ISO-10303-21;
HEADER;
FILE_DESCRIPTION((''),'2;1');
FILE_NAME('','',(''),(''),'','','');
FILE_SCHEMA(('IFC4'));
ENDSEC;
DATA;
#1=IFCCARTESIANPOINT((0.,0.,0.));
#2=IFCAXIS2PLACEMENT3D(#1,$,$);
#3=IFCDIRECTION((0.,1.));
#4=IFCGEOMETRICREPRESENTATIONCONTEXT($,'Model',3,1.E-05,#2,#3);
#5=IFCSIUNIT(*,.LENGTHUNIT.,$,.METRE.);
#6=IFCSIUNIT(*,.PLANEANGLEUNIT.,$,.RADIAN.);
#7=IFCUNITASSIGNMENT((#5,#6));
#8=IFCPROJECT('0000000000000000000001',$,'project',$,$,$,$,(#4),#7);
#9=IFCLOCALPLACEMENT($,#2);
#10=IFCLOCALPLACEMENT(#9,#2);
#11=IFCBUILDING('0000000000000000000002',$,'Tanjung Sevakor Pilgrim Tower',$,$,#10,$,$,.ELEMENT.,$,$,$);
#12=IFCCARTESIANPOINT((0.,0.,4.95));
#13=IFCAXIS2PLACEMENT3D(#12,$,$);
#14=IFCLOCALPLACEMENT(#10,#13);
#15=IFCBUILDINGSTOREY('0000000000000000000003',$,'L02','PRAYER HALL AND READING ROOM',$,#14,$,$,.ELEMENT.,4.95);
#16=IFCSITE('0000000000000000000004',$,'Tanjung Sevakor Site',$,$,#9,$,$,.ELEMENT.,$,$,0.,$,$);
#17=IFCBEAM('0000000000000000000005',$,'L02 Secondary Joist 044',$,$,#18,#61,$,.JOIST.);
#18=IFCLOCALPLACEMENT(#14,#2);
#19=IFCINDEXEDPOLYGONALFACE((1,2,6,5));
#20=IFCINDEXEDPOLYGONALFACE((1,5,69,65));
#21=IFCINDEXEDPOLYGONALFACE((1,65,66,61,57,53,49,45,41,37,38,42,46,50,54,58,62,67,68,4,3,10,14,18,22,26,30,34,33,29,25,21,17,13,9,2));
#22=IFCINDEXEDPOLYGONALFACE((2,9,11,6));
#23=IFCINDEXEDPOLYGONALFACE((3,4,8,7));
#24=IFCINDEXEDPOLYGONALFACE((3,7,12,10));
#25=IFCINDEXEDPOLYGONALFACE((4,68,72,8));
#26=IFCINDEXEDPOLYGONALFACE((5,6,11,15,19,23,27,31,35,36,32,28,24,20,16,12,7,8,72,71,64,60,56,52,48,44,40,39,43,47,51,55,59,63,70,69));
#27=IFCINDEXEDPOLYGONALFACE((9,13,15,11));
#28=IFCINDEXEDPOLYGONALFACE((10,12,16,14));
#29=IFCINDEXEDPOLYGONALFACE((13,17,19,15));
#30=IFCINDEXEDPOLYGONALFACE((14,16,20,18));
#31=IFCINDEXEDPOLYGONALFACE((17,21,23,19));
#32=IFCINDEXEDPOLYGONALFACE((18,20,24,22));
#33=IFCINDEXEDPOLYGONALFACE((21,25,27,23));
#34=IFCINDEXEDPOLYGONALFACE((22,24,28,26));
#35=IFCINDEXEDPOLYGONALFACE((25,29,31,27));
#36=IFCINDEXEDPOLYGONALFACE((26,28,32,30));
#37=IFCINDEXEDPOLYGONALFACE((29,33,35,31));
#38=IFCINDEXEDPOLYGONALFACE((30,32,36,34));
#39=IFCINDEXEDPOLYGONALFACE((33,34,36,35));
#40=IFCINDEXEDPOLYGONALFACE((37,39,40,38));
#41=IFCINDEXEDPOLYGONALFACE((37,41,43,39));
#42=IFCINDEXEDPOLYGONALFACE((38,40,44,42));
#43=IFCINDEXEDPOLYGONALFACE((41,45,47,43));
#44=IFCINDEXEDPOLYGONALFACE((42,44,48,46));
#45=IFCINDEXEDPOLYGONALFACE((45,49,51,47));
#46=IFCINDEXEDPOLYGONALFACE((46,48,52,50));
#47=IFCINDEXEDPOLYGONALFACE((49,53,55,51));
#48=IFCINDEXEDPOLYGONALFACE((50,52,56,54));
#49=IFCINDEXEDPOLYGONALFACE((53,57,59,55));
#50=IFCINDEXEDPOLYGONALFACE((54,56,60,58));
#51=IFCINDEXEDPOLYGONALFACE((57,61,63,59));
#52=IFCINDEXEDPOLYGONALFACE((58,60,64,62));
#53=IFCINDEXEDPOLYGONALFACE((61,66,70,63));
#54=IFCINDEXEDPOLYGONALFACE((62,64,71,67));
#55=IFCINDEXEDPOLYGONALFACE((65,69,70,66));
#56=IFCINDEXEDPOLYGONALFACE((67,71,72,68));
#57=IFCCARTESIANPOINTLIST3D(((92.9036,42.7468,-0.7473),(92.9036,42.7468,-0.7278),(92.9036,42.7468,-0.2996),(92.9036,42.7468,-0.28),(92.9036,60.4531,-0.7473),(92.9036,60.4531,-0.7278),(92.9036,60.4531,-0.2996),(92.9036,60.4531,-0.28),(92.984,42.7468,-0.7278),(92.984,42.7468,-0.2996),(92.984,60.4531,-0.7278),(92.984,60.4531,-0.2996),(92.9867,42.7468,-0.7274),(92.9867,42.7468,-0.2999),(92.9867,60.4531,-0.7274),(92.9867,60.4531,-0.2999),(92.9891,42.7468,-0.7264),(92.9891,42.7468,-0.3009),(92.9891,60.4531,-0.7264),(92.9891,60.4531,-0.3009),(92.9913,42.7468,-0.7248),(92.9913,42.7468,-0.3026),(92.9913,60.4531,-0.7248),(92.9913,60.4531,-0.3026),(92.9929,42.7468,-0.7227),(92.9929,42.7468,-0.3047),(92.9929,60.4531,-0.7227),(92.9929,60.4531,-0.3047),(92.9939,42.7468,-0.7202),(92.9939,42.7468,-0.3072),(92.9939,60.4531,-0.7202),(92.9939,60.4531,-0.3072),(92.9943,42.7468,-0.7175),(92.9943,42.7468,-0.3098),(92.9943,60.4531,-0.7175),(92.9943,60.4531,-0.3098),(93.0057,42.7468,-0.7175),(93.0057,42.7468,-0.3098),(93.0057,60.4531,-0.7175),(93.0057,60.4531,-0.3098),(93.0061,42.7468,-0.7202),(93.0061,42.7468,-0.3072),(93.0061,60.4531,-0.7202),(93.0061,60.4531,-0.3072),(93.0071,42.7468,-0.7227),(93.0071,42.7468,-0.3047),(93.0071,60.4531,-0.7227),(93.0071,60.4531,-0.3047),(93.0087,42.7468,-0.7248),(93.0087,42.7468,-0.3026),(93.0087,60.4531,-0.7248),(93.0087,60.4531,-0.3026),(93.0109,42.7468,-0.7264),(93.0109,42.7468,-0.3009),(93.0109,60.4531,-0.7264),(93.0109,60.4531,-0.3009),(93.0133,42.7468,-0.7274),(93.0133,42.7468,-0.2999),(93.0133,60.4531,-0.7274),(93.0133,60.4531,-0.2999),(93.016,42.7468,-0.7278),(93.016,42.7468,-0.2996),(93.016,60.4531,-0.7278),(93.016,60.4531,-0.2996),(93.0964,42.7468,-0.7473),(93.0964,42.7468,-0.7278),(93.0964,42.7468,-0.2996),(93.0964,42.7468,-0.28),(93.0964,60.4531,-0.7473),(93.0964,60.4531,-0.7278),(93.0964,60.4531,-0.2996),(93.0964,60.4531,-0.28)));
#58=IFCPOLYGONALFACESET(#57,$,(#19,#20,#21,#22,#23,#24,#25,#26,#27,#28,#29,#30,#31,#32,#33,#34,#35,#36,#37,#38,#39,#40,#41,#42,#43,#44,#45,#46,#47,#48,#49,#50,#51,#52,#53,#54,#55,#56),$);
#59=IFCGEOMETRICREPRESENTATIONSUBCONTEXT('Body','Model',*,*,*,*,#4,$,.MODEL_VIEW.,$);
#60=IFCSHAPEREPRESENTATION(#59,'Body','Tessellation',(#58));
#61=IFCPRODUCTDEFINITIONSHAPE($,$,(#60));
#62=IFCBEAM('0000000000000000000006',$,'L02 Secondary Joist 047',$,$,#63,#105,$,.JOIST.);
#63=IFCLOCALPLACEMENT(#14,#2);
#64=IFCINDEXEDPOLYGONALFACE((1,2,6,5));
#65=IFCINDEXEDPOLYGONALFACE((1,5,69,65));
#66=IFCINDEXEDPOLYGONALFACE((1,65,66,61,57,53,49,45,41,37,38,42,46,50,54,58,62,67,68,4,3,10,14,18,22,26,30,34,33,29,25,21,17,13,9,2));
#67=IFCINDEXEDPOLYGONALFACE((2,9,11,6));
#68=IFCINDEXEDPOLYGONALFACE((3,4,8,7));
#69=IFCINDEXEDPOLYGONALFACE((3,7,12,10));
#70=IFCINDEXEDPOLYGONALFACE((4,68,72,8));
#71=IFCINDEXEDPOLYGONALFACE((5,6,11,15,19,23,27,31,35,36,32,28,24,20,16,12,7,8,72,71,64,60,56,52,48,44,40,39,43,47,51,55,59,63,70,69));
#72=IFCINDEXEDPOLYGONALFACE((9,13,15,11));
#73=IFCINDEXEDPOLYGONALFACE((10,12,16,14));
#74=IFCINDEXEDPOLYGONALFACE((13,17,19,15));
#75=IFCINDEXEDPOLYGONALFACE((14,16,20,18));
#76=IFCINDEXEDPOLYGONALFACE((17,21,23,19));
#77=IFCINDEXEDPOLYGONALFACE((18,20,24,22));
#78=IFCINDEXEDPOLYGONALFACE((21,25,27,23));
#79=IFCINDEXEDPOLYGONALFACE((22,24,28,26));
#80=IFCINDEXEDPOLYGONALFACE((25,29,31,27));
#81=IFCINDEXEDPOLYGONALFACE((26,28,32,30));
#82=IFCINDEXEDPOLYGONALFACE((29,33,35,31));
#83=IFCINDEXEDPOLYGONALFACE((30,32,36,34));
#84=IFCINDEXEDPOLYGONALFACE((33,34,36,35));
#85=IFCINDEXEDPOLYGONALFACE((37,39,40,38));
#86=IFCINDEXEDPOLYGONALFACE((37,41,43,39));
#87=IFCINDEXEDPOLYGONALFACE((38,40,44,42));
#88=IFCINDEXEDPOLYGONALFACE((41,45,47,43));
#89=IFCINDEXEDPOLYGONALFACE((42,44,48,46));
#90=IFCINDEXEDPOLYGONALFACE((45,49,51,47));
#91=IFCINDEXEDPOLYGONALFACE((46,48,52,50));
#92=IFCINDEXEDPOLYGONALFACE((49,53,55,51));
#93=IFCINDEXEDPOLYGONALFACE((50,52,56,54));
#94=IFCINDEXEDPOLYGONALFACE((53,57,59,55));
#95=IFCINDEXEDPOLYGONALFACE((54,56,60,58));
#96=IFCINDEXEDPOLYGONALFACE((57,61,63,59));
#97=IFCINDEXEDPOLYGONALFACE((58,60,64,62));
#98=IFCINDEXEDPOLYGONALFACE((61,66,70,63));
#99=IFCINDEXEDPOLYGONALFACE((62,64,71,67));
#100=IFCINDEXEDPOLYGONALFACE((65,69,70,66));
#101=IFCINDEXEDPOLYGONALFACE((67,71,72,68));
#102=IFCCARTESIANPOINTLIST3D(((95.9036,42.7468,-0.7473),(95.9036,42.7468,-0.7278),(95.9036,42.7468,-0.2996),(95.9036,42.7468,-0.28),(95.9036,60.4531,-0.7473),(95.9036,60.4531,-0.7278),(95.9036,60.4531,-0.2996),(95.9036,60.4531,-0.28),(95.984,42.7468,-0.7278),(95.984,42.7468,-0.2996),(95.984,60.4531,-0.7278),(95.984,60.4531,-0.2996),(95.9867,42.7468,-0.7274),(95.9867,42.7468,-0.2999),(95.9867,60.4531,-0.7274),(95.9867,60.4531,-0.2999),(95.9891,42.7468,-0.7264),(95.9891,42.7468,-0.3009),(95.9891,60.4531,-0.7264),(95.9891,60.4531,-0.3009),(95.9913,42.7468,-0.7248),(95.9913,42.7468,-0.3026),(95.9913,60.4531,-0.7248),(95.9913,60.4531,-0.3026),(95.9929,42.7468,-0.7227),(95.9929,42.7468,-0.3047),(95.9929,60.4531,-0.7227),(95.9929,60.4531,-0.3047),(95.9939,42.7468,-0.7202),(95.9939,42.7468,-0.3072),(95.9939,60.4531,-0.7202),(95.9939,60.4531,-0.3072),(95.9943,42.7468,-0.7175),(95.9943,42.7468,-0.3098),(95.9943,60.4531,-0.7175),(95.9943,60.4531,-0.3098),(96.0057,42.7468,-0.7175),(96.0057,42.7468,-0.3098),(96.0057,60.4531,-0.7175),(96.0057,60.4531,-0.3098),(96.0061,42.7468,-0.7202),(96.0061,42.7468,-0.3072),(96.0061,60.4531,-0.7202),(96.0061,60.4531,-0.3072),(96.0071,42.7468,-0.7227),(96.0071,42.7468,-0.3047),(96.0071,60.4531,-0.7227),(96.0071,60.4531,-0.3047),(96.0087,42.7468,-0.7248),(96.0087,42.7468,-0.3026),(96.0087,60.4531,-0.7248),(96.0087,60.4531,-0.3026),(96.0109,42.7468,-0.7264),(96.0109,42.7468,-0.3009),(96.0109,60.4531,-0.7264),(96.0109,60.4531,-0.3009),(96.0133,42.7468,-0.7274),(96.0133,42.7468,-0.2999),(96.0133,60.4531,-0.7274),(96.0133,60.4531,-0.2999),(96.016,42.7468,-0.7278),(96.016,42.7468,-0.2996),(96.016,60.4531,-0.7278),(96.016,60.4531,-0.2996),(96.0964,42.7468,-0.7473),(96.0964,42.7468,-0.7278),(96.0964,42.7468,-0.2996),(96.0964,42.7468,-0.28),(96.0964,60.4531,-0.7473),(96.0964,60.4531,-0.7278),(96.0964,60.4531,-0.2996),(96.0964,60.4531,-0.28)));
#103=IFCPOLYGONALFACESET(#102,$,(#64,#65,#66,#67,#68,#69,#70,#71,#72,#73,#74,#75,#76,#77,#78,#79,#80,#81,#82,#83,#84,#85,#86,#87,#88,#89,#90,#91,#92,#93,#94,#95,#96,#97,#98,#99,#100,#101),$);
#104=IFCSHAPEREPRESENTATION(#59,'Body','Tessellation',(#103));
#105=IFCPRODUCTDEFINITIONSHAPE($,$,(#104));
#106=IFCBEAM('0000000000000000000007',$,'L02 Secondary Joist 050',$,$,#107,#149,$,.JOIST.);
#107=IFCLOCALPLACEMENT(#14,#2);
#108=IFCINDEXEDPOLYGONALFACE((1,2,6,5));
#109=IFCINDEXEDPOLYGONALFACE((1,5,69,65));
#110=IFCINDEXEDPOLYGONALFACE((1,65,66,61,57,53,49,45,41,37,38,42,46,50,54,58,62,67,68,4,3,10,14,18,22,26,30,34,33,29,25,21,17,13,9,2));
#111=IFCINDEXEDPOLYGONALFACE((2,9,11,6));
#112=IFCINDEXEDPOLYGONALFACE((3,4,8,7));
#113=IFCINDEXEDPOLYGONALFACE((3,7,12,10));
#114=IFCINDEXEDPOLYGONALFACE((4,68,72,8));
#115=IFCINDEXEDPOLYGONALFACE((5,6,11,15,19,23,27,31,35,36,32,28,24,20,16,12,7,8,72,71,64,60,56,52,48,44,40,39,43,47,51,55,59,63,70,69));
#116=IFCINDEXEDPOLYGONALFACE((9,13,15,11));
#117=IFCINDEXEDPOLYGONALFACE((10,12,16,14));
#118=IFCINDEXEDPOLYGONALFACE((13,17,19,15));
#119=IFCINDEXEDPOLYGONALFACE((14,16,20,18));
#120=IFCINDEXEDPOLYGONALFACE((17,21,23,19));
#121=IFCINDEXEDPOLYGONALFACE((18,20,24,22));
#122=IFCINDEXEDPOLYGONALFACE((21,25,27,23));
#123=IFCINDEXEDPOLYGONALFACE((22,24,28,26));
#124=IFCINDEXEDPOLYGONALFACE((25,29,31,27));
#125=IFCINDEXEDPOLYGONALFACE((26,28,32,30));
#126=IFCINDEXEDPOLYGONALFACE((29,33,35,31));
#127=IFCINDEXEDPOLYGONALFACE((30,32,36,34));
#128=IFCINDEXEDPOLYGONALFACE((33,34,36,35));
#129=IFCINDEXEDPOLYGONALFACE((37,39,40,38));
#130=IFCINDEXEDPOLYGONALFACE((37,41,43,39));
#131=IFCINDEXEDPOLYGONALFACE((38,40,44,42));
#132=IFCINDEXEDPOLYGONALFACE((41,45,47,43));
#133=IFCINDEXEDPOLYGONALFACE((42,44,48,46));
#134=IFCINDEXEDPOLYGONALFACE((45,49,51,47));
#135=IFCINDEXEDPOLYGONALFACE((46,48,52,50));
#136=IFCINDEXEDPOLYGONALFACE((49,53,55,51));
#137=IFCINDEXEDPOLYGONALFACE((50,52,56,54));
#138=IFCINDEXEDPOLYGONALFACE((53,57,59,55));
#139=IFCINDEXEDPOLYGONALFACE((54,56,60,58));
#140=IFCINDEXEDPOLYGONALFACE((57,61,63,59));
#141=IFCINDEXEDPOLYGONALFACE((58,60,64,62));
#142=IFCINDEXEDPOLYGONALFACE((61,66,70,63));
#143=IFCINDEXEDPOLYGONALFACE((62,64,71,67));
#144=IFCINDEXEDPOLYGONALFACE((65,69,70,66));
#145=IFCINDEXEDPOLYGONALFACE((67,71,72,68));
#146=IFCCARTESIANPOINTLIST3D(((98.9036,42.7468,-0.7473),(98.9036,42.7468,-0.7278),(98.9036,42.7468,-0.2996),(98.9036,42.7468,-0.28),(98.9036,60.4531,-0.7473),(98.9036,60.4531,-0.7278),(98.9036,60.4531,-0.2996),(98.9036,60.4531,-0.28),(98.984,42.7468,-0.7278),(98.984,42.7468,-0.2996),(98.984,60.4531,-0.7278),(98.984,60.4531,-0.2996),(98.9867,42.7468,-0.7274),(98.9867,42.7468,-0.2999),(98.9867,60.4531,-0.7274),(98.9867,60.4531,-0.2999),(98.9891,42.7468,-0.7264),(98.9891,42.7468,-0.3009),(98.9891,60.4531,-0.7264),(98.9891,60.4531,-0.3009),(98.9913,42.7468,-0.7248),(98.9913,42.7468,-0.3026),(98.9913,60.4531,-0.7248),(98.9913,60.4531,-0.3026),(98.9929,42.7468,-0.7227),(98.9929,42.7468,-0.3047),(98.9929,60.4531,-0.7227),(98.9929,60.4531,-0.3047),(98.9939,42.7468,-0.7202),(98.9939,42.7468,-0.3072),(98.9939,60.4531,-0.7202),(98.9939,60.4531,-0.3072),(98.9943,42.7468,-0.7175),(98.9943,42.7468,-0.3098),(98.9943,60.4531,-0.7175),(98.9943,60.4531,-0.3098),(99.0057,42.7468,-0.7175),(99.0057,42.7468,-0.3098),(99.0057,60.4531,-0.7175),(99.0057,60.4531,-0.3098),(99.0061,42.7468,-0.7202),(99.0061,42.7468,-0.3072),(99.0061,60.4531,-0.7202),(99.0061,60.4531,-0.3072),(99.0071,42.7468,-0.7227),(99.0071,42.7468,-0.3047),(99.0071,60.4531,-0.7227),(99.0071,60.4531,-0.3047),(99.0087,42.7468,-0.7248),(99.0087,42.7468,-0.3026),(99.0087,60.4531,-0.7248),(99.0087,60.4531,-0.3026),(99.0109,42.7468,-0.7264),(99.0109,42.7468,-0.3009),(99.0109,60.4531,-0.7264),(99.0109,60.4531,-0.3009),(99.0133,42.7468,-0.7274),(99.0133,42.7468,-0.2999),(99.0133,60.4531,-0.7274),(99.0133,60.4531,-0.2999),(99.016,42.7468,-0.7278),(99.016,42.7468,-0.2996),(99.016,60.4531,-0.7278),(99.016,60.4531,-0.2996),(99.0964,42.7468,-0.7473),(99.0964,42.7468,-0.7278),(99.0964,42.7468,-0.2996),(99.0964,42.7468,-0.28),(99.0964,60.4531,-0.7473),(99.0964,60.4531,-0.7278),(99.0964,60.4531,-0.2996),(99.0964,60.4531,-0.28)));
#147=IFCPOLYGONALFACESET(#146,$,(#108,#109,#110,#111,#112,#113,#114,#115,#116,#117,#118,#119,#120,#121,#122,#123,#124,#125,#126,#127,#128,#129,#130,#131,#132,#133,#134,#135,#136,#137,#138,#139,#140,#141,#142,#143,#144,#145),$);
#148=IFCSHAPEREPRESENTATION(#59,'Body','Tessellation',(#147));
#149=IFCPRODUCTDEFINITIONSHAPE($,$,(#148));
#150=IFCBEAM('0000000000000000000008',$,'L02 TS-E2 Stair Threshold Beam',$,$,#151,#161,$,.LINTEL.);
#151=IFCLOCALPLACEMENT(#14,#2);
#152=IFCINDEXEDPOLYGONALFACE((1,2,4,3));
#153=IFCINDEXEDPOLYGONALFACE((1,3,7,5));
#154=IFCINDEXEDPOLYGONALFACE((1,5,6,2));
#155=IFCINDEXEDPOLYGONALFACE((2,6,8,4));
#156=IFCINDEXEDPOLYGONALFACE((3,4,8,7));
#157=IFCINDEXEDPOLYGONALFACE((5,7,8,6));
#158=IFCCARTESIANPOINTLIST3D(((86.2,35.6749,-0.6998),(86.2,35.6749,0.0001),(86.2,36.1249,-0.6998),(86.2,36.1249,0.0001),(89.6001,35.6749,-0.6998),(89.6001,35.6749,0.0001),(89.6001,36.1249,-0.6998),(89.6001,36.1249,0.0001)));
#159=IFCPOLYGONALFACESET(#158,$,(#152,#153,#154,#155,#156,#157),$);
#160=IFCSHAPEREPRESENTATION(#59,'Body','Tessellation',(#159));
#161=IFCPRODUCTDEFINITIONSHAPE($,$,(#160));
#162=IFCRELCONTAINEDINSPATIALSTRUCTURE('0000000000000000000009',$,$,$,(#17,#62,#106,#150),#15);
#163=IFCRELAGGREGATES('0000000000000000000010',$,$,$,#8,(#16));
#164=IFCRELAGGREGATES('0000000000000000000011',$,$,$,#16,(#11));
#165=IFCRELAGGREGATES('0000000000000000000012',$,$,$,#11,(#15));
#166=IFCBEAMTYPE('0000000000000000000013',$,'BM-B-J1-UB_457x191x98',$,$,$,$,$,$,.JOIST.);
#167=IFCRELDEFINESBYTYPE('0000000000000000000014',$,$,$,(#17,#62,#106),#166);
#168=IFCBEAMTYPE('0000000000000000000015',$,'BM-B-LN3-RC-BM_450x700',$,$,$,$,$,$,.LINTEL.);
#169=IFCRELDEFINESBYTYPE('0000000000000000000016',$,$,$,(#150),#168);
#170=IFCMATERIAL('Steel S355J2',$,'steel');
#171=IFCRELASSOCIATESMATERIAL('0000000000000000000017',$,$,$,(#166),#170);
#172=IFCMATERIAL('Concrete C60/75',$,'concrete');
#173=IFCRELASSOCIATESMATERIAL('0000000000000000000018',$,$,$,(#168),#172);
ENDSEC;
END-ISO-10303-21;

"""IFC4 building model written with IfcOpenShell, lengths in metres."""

from ifc_helpers import new_model, si_unit, direction, frame, origin, origin_2d, place, context, subcontext, project, spatial, rectangle, i_section, extrude, material, material_profile, profile_set, type_object, element, save


model = new_model("IFC4")

# Units and contexts
model_context = context("Model", 3, precision=1e-05, world=origin(), true_north=direction((0.0, 1.0)))
body_context = subcontext(model_context, "Body", "Model", "MODEL_VIEW")
ifc_project = project(units=[si_unit("LENGTHUNIT", "METRE"), si_unit("PLANEANGLEUNIT", "RADIAN")], contexts=[model_context])

# Site, building, storey
site_placement = place(None, origin())
site = spatial("IfcSite", under=ifc_project, at=site_placement, Name="Tanjung Sevakor Site", CompositionType="ELEMENT", RefElevation=0.0)
building_placement = place(site_placement, origin())
building = spatial("IfcBuilding", under=site, at=building_placement, Name="Tanjung Sevakor Pilgrim Tower", CompositionType="ELEMENT")
storey_placement = place(building_placement, frame((0.0, 0.0, 4.95)))
storey = spatial("IfcBuildingStorey", under=building, at=storey_placement, Name="L02", Description="PRAYER HALL AND READING ROOM", CompositionType="ELEMENT", Elevation=4.95)

# Beams
ifc_material_1 = material(Name="Steel S355J2", Category="steel")
ifc_material_profile_1 = material_profile(ifc_material_1, i_section(OverallWidth=0.1929, OverallDepth=0.4673, WebThickness=0.0115, FlangeThickness=0.0195, FilletRadius=0.0103, at=origin_2d()))
ifc_profile_set_1 = profile_set([ifc_material_profile_1], Name="Steel S355J2")
beam_type_1 = type_object("IfcBeamType", Name="BM-B-J1-UB_457x191x98", PredefinedType="JOIST", material=ifc_profile_set_1)
for number, where, z_axis, x_axis, name in (
    (1, (93.0, 42.7468, -0.5137), (0.0, 1.0, 0.0), (-1.0, 0.0, 0.0), "L02 Secondary Joist 044"),
    (2, (96.0, 42.7468, -0.5137), (0.0, 1.0, 0.0), (-1.0, 0.0, 0.0), "L02 Secondary Joist 047"),
    (3, (99.0, 42.7468, -0.5137), (0.0, 1.0, 0.0), (-1.0, 0.0, 0.0), "L02 Secondary Joist 050"),
):
    element("IfcBeam", number, at=place(storey_placement, frame(where, z_axis=z_axis, x_axis=x_axis)), inside=storey, type_object=beam_type_1, Name=name, PredefinedType="JOIST", context=body_context, shape_type="SweptSolid", body=[
        extrude(i_section(OverallWidth=0.1929, OverallDepth=0.4673, WebThickness=0.0115, FlangeThickness=0.0195, FilletRadius=0.0103, at=origin_2d()), origin(), (0.0, 0.0, 1.0), 17.7063),
    ])
ifc_material_2 = material(Name="Concrete C60/75", Category="concrete")
ifc_material_profile_2 = material_profile(ifc_material_2, rectangle(XDim=0.45, YDim=0.7, at=origin_2d()))
ifc_profile_set_2 = profile_set([ifc_material_profile_2], Name="Concrete C60/75")
beam_type_2 = type_object("IfcBeamType", Name="BM-B-LN3-RC-BM_450x700", PredefinedType="LINTEL", material=ifc_profile_set_2)
beam_1_placement = place(storey_placement, frame((86.2, 35.8999, -0.3499), z_axis=(1.0, 0.0, 0.0), x_axis=(0.0, 1.0, 0.0)))
element("IfcBeam", 4, at=beam_1_placement, inside=storey, type_object=beam_type_2, Name="L02 TS-E2 Stair Threshold Beam", PredefinedType="LINTEL", context=body_context, shape_type="SweptSolid", body=[
    extrude(rectangle(XDim=0.45, YDim=0.7, at=origin_2d()), origin(), (0.0, 0.0, 1.0), 3.4001),
])

save(model, "model.ifc")
